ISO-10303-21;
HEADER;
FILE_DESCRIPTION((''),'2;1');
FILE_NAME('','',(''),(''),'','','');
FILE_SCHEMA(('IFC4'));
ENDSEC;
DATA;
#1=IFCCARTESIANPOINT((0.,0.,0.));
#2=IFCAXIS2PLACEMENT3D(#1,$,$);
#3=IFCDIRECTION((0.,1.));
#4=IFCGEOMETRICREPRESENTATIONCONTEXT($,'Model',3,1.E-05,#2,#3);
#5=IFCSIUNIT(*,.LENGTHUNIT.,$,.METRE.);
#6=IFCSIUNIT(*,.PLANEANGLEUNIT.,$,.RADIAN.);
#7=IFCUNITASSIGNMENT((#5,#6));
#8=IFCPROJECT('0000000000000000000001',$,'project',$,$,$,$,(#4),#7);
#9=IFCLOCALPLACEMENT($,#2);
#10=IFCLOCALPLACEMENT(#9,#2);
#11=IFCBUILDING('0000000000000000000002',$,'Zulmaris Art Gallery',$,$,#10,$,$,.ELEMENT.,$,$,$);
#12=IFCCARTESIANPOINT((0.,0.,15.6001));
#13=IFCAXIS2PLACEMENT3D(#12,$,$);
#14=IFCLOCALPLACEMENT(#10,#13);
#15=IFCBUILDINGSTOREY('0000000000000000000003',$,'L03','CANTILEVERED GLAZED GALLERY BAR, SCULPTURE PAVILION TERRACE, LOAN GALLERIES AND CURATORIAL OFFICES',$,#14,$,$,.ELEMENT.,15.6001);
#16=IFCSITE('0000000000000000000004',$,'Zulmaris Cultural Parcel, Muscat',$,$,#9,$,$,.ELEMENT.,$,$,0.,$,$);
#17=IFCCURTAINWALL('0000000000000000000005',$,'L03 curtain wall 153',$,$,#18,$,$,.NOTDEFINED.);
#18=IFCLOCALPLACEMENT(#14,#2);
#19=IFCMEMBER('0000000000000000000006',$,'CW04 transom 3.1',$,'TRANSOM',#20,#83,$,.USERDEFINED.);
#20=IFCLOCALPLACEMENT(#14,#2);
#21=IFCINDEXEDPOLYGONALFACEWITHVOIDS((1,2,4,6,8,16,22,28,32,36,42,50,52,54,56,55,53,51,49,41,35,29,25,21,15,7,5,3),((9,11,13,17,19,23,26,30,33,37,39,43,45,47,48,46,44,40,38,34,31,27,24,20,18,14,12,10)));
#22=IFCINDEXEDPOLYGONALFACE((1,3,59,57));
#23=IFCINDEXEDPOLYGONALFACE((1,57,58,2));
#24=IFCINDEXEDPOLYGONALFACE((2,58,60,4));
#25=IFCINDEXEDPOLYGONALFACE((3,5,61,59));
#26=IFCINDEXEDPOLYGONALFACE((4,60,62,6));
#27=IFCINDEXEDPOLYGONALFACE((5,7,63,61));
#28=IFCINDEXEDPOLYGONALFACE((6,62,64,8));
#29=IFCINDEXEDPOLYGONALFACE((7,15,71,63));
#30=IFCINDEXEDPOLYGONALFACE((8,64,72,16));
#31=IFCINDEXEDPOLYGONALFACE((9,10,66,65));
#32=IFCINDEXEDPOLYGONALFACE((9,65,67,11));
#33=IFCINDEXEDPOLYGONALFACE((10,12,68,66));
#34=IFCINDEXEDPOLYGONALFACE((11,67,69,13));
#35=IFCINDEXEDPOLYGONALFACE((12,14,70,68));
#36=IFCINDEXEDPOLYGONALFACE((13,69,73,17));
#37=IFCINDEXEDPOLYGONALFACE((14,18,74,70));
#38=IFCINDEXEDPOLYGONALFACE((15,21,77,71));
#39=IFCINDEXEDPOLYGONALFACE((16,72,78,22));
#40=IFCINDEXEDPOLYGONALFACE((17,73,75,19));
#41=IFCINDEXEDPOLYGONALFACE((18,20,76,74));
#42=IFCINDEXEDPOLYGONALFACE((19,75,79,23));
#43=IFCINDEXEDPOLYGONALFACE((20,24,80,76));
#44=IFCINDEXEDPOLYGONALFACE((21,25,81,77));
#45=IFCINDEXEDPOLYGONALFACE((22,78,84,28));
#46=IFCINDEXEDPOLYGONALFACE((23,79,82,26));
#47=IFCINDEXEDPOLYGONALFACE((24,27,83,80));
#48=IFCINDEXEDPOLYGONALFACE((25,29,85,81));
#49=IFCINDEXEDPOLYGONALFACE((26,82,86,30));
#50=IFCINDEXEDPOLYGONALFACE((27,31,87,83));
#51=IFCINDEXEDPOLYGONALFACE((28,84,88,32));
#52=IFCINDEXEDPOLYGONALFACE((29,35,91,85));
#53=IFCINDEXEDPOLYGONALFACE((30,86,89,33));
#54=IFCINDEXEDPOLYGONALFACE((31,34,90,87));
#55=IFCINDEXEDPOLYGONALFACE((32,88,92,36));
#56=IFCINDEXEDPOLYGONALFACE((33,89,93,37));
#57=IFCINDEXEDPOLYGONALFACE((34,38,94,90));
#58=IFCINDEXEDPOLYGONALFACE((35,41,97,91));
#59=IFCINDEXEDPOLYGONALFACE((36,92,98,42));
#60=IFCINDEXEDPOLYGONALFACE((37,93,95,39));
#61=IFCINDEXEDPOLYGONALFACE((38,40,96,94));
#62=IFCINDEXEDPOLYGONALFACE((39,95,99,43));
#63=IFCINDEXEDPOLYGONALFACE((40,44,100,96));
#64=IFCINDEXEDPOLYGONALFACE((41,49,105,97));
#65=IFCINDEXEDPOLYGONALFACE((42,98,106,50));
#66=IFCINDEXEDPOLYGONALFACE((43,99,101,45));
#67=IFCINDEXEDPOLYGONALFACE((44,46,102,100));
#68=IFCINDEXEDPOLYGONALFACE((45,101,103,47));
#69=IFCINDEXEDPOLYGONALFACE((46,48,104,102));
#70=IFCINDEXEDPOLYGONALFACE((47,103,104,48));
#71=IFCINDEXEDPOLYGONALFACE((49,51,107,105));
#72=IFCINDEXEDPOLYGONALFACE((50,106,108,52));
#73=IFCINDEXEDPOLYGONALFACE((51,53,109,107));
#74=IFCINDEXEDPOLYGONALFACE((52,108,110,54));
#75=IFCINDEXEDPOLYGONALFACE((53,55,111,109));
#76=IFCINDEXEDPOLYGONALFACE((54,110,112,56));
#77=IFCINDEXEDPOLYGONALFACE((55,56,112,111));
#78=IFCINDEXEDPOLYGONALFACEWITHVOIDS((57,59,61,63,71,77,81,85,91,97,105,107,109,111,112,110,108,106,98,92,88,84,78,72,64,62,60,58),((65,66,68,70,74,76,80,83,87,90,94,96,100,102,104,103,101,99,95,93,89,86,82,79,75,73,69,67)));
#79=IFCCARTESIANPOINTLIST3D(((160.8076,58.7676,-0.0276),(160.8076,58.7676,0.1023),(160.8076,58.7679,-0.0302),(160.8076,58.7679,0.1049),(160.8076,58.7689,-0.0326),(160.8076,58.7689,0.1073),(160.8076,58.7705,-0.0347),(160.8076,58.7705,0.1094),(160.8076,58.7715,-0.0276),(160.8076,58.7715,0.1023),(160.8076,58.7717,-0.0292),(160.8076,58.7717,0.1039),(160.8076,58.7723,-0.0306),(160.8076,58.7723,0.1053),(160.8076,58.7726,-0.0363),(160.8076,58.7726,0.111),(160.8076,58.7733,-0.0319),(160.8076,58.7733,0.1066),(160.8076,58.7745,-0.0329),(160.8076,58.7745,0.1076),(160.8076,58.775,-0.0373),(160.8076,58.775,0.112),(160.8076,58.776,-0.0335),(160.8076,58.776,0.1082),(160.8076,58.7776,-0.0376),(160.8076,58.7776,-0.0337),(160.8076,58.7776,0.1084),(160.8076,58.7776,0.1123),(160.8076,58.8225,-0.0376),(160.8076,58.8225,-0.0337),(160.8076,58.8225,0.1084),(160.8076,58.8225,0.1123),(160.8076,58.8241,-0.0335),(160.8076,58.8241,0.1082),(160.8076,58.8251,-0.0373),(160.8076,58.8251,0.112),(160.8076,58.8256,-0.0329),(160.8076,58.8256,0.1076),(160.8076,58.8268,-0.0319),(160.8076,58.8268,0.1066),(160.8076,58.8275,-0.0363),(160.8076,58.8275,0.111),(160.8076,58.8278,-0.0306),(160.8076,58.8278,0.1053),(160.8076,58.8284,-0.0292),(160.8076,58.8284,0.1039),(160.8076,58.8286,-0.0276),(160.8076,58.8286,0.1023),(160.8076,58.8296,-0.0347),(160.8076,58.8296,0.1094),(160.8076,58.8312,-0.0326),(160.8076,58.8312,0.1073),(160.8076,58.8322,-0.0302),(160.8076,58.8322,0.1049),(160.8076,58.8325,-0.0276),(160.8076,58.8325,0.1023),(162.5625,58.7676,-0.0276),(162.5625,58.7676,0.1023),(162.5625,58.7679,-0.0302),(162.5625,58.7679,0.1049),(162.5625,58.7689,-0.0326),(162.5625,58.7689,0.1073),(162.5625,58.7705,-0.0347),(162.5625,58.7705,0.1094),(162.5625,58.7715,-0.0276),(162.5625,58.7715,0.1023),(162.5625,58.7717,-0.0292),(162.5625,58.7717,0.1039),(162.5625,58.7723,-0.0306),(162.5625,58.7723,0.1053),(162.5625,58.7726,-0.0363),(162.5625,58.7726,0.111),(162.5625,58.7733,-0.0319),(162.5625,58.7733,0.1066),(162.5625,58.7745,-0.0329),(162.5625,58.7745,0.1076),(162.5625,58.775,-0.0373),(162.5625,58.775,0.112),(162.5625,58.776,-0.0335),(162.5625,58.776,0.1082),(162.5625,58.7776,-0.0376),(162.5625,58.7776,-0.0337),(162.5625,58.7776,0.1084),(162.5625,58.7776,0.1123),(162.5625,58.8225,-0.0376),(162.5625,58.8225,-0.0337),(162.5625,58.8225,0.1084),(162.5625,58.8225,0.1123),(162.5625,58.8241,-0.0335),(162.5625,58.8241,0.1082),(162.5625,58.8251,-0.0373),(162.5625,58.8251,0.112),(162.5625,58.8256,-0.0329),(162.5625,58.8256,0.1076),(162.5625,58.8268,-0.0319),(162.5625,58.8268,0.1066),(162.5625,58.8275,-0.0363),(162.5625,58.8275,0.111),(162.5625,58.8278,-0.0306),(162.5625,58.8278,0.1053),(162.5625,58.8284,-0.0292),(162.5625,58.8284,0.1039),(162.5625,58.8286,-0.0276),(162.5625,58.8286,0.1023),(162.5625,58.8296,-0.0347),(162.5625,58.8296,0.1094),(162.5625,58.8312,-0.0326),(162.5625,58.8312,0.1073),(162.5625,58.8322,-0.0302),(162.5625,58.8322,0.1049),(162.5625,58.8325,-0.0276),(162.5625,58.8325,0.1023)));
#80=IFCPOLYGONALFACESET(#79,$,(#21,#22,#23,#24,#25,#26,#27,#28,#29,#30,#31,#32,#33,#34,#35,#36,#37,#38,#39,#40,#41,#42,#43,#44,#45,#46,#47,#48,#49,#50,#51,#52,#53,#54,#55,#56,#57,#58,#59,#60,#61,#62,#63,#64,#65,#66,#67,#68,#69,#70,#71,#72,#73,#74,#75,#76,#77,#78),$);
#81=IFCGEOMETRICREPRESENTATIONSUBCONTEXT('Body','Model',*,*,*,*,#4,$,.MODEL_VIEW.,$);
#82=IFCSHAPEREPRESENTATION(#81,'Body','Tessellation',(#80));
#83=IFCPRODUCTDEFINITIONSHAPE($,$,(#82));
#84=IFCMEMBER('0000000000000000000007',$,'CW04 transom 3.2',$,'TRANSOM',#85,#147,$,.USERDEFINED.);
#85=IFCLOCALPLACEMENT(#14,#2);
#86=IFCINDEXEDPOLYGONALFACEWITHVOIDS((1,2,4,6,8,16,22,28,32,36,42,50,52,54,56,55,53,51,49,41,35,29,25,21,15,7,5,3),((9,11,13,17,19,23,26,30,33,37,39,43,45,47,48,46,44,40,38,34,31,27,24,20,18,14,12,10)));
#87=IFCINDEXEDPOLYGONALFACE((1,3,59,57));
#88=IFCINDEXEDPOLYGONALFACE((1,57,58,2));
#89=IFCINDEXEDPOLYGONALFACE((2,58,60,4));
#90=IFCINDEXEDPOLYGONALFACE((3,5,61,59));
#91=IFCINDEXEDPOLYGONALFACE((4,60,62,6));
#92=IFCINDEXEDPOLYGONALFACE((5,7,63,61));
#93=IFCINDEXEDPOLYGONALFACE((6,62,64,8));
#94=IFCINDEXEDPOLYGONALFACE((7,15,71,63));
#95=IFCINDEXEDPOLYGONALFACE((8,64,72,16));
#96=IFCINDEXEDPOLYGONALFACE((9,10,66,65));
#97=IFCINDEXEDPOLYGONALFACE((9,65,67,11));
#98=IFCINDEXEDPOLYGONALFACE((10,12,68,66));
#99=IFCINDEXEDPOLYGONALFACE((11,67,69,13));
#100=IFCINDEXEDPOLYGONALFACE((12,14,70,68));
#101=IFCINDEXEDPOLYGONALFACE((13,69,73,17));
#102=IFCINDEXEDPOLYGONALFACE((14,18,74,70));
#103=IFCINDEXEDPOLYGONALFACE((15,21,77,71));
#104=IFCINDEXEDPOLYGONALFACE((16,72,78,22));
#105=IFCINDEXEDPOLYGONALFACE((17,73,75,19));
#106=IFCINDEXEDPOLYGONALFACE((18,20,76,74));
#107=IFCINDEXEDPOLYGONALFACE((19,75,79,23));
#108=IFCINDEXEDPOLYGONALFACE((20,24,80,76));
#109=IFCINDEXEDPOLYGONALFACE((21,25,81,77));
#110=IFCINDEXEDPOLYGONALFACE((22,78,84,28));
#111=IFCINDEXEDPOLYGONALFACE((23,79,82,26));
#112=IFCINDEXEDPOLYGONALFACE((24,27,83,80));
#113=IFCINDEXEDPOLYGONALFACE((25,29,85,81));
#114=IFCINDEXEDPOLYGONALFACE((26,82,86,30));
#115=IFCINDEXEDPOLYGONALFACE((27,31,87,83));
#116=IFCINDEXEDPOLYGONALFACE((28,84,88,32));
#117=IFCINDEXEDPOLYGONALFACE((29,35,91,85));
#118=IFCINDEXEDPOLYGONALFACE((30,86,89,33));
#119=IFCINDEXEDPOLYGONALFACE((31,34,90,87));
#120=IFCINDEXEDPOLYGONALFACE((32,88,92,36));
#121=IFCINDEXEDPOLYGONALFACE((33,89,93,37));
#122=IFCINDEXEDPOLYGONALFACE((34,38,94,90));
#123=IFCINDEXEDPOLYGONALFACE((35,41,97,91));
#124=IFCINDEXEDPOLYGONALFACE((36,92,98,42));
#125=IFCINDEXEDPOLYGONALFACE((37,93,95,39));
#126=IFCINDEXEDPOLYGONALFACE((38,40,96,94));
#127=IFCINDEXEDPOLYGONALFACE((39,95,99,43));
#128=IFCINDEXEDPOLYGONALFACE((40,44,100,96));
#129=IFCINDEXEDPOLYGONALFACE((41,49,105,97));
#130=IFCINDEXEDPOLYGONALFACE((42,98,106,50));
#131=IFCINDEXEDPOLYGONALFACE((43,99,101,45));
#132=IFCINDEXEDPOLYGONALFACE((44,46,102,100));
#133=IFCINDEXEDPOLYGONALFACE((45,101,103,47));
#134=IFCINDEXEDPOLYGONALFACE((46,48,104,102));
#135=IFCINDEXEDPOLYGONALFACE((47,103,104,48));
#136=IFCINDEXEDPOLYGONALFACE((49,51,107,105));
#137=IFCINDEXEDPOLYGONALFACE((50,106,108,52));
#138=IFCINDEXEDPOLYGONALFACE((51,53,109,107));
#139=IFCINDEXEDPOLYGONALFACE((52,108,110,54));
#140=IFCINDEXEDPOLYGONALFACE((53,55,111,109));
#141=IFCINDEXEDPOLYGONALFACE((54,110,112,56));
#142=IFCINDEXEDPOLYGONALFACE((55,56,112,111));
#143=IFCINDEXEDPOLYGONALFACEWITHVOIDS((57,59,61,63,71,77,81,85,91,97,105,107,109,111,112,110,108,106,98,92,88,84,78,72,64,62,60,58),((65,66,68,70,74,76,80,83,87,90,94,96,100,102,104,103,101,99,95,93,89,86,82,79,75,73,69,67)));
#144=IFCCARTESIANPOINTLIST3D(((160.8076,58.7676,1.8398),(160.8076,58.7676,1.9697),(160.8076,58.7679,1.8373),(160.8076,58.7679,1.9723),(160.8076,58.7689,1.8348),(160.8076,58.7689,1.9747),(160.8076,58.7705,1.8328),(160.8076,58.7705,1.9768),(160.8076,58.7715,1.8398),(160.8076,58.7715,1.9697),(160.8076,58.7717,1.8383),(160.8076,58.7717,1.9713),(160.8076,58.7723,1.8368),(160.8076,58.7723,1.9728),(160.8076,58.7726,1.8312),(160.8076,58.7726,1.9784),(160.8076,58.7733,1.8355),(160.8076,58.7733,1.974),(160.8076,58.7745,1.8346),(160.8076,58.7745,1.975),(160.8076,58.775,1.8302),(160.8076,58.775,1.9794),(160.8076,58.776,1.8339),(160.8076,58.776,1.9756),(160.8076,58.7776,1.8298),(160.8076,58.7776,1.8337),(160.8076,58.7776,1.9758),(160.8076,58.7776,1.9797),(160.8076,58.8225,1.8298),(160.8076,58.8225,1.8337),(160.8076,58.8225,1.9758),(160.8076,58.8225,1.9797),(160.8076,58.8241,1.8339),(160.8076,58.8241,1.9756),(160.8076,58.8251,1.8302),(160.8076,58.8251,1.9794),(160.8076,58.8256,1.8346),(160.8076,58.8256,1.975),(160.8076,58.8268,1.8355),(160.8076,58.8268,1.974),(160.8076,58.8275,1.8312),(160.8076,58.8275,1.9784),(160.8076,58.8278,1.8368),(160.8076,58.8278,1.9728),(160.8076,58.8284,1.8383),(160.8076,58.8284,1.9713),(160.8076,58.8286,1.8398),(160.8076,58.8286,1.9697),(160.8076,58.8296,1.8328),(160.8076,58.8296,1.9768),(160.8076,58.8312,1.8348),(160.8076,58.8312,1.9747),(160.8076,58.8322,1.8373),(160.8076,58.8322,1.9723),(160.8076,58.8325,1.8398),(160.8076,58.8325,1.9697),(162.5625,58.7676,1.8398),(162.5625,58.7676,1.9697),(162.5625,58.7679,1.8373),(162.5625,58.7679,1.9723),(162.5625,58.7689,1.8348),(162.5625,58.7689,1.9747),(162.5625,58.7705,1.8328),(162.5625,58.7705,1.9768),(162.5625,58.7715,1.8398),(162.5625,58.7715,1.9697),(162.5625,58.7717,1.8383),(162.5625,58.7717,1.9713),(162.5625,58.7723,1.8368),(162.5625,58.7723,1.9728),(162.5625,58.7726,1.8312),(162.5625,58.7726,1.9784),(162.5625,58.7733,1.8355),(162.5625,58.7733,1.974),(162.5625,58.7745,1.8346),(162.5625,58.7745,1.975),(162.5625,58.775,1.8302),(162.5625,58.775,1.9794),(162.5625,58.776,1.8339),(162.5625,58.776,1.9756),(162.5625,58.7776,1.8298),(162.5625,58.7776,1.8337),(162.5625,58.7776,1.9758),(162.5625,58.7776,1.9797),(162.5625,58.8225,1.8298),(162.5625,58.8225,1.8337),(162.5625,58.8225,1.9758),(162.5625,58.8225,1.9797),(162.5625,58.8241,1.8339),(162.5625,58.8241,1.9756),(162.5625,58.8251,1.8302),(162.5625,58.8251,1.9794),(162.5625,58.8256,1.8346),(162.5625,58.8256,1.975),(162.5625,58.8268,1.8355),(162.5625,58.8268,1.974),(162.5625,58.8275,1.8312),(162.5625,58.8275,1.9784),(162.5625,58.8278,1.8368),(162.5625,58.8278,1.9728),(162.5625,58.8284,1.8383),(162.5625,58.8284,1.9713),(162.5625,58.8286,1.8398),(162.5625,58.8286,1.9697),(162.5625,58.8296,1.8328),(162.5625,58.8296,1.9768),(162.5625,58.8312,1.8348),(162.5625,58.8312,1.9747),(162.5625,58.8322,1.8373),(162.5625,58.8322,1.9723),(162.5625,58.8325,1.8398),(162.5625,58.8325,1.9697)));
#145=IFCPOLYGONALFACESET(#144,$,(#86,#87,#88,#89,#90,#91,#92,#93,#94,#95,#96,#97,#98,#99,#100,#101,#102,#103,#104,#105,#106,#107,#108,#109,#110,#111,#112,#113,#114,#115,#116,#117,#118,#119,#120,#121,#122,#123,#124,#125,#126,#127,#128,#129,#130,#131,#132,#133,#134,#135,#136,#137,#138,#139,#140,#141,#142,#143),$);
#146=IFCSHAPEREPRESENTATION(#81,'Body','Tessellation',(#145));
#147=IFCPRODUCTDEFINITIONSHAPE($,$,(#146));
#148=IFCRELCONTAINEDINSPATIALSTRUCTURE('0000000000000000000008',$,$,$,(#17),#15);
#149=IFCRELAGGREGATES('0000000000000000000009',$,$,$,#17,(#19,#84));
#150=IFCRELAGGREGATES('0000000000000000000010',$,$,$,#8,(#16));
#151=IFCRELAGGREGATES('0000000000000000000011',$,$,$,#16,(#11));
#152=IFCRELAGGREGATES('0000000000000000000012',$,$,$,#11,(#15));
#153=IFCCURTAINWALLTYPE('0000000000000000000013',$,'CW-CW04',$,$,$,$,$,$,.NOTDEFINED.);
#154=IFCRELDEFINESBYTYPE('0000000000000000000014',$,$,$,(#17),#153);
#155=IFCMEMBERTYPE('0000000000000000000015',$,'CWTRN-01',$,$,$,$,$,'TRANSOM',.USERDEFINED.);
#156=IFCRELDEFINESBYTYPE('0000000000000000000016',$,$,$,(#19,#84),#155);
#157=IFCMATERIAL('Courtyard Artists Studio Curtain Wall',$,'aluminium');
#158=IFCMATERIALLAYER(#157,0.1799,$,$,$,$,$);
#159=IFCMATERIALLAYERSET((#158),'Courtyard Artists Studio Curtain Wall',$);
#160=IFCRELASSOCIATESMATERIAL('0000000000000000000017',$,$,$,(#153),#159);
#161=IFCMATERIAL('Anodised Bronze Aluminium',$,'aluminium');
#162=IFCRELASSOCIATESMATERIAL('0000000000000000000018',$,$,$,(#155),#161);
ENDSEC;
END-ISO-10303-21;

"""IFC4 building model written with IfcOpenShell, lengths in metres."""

from ifc_helpers import new_model, si_unit, direction, frame, origin, origin_2d, place, context, subcontext, project, spatial, hollow_rectangle, extrude, material, layer, layer_set, material_profile, profile_set, type_object, element, aggregate, save


model = new_model("IFC4")

# Units and contexts
model_context = context("Model", 3, precision=1e-05, world=origin(), true_north=direction((0.0, 1.0)))
body_context = subcontext(model_context, "Body", "Model", "MODEL_VIEW")
ifc_project = project(units=[si_unit("LENGTHUNIT", "METRE"), si_unit("PLANEANGLEUNIT", "RADIAN")], contexts=[model_context])

# Site, building, storey
site_placement = place(None, origin())
site = spatial("IfcSite", under=ifc_project, at=site_placement, Name="Zulmaris Cultural Parcel, Muscat", CompositionType="ELEMENT", RefElevation=0.0)
building_placement = place(site_placement, origin())
building = spatial("IfcBuilding", under=site, at=building_placement, Name="Zulmaris Art Gallery", CompositionType="ELEMENT")
storey_placement = place(building_placement, frame((0.0, 0.0, 15.6001)))
storey = spatial("IfcBuildingStorey", under=building, at=storey_placement, Name="L03", Description="CANTILEVERED GLAZED GALLERY BAR, SCULPTURE PAVILION TERRACE, LOAN GALLERIES AND CURATORIAL OFFICES", CompositionType="ELEMENT", Elevation=15.6001)

# Curtain wall
ifc_material_1 = material(Name="Courtyard Artists Studio Curtain Wall", Category="aluminium")
ifc_layer_1 = layer(ifc_material_1, 0.1799)
ifc_layer_set_1 = layer_set([ifc_layer_1], Name="Courtyard Artists Studio Curtain Wall")
curtain_wall_type = type_object("IfcCurtainWallType", Name="CW-CW04", PredefinedType="NOTDEFINED", material=ifc_layer_set_1)
ifc_material_2 = material(Name="Anodised Bronze Aluminium", Category="aluminium")
curtain_wall_1_placement = place(storey_placement, origin())
curtain_wall_1 = element("IfcCurtainWall", 1, at=curtain_wall_1_placement, inside=storey, type_object=curtain_wall_type, Name="L03 curtain wall 153", PredefinedType="NOTDEFINED")

# Members
ifc_material_profile_1 = material_profile(ifc_material_2, hollow_rectangle(XDim=0.0649, YDim=0.1499, WallThickness=0.0039, InnerFilletRadius=0.0061, OuterFilletRadius=0.01, at=origin_2d()), Name="ALU 65x150x4")
ifc_profile_set_1 = profile_set([ifc_material_profile_1], Name="Anodised Bronze Aluminium")
member_type_1 = type_object("IfcMemberType", Name="CWTRN-01", ElementType="TRANSOM", PredefinedType="USERDEFINED", material=ifc_profile_set_1)
member_1_placement = place(storey_placement, frame((162.5625, 58.8, 0.0374), z_axis=(-1.0, 0.0, 0.0), x_axis=(0.0, -1.0, 0.0)))
member_1 = element("IfcMember", 2, at=member_1_placement, type_object=member_type_1, Name="CW04 transom 3.1", ObjectType="TRANSOM", PredefinedType="USERDEFINED", context=body_context, shape_type="SweptSolid", body=[
    extrude(hollow_rectangle(XDim=0.0649, YDim=0.1499, WallThickness=0.0039, InnerFilletRadius=0.0061, OuterFilletRadius=0.01, at=origin_2d()), origin(), (0.0, 0.0, 1.0), 1.7549),
])
member_2_placement = place(storey_placement, frame((162.5625, 58.8, 1.9048), z_axis=(-1.0, 0.0, 0.0), x_axis=(0.0, -1.0, 0.0)))
member_2 = element("IfcMember", 3, at=member_2_placement, type_object=member_type_1, Name="CW04 transom 3.2", ObjectType="TRANSOM", PredefinedType="USERDEFINED", context=body_context, shape_type="SweptSolid", body=[
    extrude(hollow_rectangle(XDim=0.0649, YDim=0.1499, WallThickness=0.0039, InnerFilletRadius=0.0061, OuterFilletRadius=0.01, at=origin_2d()), origin(), (0.0, 0.0, 1.0), 1.7549),
])

aggregate(curtain_wall_1, [member_1, member_2])

save(model, "model.ifc")
